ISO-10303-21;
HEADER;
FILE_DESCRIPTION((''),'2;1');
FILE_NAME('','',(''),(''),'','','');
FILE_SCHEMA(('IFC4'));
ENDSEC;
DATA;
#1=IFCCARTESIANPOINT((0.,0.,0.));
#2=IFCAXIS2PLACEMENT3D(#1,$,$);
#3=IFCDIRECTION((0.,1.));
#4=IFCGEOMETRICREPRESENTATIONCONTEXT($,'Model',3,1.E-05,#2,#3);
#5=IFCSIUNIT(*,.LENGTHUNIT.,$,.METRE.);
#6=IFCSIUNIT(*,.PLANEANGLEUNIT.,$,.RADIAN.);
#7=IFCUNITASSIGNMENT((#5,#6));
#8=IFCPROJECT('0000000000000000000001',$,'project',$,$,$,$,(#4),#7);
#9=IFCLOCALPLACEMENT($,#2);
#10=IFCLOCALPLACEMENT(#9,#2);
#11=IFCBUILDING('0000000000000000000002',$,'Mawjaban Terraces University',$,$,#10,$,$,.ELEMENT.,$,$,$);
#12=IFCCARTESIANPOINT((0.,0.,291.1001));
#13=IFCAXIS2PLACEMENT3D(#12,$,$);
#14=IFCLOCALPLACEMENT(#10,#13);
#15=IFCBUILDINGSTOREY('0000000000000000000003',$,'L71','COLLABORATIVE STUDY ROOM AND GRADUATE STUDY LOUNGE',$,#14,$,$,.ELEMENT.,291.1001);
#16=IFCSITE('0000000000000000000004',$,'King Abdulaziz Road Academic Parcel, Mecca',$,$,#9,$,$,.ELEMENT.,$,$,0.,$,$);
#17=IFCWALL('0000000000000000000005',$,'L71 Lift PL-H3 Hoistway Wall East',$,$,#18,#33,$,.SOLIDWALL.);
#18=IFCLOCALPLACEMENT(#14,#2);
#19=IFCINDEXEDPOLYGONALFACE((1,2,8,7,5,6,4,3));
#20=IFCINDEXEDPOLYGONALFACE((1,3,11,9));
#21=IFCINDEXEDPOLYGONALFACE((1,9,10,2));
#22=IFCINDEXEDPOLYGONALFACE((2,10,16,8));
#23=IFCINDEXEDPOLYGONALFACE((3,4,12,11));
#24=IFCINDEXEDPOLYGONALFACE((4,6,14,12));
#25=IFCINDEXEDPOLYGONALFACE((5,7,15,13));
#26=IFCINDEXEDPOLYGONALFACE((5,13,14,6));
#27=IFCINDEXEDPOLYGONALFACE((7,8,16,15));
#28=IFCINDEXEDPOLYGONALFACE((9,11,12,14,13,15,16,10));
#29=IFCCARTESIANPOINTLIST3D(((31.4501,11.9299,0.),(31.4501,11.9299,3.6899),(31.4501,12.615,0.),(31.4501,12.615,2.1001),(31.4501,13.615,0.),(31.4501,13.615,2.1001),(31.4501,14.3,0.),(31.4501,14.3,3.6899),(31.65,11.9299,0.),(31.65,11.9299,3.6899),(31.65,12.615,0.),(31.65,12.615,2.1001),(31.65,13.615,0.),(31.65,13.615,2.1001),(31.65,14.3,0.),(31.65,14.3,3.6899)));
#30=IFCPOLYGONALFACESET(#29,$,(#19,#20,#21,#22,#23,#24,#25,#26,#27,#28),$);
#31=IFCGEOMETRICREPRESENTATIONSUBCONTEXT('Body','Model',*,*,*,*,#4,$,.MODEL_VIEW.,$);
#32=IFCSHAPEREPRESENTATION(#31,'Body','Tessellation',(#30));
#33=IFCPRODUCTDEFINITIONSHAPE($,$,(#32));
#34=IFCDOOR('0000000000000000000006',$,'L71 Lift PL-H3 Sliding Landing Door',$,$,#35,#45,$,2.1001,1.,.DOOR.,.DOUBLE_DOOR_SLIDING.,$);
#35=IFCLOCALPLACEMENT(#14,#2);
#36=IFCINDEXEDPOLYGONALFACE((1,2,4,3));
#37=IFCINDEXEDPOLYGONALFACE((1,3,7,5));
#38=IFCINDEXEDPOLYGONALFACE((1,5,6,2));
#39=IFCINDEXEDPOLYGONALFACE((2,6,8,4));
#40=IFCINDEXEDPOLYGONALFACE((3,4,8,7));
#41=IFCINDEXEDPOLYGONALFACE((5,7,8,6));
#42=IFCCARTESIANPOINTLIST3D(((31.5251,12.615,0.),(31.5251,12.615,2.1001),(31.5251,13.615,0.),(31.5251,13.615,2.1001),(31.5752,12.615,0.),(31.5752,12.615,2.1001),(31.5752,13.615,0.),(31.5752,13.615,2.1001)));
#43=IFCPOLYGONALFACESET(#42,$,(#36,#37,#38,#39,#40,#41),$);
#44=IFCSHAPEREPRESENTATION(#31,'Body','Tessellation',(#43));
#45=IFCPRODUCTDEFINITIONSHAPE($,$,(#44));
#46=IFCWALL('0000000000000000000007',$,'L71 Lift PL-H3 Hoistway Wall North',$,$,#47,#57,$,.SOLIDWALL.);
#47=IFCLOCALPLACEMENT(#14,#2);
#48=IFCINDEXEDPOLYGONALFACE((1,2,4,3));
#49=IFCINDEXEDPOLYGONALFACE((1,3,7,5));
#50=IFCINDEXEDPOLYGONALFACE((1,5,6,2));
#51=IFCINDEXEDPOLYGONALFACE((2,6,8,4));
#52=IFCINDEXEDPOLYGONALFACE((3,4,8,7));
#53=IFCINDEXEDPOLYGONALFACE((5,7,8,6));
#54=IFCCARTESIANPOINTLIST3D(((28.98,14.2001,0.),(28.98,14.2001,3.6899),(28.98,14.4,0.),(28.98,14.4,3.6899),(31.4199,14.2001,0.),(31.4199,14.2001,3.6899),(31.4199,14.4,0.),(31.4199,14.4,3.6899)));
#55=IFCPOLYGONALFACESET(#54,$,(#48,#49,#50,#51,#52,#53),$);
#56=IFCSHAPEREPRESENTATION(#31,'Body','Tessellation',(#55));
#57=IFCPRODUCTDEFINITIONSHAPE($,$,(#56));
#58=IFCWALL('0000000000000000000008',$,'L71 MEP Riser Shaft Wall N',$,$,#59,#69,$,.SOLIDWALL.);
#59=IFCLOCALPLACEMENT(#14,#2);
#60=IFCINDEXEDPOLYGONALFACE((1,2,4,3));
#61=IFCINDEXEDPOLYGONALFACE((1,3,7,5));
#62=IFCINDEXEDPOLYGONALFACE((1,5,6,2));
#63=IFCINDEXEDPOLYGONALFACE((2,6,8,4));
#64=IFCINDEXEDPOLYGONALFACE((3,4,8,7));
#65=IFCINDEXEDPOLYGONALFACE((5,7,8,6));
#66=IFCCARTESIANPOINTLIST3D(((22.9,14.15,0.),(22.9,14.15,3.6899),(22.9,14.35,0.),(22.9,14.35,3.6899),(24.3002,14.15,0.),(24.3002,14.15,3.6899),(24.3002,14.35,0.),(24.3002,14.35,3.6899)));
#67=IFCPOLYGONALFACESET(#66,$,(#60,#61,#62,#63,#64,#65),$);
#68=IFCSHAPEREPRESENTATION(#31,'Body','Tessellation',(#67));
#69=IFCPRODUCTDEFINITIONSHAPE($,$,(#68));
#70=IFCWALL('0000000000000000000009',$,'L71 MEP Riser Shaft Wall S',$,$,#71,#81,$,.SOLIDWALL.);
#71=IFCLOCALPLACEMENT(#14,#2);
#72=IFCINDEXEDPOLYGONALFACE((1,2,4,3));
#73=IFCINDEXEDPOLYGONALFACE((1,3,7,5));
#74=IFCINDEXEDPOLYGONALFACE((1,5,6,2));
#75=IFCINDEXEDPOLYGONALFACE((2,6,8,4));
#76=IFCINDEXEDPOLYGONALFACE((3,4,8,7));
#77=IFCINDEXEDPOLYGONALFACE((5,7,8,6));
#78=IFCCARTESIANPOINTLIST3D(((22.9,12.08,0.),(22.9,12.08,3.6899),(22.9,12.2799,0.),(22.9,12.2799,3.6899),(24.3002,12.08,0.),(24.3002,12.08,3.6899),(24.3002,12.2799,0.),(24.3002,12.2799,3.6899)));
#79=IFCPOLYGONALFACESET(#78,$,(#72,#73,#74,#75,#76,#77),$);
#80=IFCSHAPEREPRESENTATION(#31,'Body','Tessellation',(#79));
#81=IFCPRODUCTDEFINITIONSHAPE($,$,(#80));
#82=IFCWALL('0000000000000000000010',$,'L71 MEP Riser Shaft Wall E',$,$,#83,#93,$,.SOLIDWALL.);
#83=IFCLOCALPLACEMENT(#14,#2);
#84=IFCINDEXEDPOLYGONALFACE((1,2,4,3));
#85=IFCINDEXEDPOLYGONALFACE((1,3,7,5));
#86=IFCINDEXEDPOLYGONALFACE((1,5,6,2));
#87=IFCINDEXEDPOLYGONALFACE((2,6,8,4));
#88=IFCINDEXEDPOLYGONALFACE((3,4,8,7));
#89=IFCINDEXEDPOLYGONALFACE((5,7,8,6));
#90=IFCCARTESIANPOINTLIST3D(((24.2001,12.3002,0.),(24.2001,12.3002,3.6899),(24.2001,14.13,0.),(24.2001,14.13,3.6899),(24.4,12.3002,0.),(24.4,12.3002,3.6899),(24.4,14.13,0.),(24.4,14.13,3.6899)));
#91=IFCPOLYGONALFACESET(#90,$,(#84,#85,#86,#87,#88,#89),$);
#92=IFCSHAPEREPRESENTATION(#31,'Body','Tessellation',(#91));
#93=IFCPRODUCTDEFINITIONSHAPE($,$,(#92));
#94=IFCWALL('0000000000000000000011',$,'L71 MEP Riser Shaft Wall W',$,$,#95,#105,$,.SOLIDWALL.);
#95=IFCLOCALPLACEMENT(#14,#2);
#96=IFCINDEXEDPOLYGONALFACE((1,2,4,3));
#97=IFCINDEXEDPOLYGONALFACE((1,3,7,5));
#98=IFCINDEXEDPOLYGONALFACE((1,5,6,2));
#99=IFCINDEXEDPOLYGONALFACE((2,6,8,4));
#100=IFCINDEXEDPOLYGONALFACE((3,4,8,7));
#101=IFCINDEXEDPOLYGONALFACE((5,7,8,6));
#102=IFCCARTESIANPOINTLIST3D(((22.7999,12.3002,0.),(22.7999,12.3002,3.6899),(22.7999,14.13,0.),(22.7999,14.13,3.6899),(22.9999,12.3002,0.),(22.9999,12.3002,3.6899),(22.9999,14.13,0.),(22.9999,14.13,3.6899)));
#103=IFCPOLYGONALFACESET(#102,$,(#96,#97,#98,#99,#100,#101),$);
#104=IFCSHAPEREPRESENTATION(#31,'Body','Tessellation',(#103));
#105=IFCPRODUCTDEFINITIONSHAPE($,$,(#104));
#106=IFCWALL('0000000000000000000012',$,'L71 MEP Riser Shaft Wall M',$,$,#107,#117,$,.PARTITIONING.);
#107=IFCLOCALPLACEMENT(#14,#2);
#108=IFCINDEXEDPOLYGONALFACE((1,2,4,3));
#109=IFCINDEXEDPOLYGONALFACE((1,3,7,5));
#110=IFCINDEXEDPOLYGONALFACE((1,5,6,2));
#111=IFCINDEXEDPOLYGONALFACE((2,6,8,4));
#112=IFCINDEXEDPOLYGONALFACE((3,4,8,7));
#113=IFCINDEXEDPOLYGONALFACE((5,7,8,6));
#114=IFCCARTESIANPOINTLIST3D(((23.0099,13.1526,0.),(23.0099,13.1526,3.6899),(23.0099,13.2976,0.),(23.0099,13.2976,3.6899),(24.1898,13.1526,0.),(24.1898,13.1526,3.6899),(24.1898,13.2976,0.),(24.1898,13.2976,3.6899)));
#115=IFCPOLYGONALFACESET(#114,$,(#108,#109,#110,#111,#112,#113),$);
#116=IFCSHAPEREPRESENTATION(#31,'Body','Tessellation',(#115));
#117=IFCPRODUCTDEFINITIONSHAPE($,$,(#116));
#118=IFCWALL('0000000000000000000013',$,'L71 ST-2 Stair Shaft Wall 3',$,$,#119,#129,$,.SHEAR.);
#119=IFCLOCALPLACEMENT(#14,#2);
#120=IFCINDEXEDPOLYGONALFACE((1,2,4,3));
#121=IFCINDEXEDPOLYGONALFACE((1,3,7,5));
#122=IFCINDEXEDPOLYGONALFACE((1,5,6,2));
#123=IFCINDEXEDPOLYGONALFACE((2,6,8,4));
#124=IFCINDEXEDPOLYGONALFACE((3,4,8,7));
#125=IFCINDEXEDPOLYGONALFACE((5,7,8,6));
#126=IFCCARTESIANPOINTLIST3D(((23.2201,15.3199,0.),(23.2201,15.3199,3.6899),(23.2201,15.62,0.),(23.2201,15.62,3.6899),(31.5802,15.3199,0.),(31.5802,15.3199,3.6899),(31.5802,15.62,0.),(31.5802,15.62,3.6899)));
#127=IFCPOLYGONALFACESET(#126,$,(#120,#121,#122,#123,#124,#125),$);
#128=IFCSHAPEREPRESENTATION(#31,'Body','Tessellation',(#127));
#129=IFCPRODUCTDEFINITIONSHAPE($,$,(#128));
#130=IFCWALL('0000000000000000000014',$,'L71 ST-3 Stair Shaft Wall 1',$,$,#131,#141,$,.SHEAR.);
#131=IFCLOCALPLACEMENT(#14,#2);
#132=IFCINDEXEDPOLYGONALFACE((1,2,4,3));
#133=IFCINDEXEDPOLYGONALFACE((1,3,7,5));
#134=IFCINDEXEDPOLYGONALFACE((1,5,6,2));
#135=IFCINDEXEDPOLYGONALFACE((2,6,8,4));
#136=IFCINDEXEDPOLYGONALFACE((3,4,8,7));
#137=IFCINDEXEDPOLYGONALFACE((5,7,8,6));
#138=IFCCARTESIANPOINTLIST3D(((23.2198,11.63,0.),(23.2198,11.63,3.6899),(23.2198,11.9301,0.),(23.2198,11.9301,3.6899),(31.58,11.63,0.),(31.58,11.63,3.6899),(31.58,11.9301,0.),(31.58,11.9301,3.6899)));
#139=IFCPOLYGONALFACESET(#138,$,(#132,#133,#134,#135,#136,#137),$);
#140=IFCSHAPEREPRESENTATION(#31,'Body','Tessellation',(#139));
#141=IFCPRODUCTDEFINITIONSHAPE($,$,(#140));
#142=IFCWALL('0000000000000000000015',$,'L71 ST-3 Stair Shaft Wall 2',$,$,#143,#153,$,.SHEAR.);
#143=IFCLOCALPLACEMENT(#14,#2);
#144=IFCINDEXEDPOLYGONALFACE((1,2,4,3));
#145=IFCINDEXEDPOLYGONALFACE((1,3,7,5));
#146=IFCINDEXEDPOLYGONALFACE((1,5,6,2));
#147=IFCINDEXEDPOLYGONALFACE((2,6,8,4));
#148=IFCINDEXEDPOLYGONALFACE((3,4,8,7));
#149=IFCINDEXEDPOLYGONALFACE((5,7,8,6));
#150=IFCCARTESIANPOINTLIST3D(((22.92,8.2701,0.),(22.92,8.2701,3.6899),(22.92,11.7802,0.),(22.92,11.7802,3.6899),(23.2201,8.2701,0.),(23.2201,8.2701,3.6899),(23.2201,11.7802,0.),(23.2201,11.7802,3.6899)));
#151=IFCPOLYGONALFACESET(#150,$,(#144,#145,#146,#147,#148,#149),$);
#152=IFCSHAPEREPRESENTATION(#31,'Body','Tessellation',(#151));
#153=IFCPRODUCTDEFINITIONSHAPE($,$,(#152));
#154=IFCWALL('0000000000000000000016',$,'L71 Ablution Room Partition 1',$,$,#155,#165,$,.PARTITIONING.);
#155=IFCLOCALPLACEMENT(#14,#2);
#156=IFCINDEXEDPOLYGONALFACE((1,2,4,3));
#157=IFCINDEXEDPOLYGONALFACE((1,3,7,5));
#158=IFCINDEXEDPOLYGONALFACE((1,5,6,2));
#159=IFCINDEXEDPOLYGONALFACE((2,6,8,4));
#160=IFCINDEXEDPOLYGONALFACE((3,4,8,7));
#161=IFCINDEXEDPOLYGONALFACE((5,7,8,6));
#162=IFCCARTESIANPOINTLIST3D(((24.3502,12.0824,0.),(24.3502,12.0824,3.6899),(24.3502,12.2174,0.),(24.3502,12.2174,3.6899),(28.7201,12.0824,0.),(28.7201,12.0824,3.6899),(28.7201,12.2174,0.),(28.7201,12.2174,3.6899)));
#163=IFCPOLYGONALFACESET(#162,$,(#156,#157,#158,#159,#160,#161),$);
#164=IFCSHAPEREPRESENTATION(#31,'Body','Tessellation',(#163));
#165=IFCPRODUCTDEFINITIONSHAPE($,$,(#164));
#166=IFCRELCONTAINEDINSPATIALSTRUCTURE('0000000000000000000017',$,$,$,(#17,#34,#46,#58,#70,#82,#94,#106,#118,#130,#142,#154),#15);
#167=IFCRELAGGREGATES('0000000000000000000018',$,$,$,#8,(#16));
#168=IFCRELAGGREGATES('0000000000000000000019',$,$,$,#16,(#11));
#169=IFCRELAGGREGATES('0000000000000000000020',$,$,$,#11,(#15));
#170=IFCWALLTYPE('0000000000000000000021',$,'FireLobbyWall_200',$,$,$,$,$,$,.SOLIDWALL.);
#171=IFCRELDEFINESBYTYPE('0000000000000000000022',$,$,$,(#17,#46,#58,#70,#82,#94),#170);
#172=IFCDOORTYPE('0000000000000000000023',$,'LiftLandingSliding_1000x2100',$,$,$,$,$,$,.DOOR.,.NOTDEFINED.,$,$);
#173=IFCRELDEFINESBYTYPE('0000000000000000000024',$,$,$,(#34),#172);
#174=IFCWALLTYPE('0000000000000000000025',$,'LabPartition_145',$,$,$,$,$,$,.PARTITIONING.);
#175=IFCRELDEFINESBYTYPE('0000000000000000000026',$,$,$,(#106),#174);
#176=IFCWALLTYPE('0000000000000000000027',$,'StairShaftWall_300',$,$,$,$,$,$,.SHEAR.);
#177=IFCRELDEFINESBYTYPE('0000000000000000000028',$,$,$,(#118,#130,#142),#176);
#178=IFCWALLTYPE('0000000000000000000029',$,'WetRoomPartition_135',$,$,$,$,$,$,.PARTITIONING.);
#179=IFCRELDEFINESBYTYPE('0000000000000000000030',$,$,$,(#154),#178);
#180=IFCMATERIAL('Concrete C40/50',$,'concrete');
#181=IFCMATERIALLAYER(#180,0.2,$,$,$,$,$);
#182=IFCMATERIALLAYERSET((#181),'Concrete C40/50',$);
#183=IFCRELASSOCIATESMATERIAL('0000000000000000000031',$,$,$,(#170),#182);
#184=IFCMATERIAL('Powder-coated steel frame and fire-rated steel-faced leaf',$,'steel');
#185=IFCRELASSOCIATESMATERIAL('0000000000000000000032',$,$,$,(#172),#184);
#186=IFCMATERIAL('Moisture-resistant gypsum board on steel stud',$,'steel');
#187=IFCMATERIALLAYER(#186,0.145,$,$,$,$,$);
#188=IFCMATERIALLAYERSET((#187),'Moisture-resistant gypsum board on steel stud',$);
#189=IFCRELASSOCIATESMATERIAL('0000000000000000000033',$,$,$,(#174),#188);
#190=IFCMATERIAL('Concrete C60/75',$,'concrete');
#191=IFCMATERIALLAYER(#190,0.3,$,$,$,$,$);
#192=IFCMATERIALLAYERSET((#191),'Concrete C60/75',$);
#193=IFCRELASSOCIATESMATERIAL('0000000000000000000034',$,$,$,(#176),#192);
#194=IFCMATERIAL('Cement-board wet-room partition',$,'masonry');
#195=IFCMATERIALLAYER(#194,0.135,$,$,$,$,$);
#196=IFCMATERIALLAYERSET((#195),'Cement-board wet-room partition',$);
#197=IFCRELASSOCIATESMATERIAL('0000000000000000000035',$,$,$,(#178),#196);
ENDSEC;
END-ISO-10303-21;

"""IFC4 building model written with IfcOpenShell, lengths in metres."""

from ifc_helpers import new_model, si_unit, direction, frame, frame_2d, origin, place, context, subcontext, project, spatial, rectangle, extrude, material, layer, layer_set, type_object, element, fill, save


model = new_model("IFC4")

# Units and contexts
model_context = context("Model", 3, precision=1e-05, world=origin(), true_north=direction((0.0, 1.0)))
body_context = subcontext(model_context, "Body", "Model", "MODEL_VIEW")
ifc_project = project(units=[si_unit("LENGTHUNIT", "METRE"), si_unit("PLANEANGLEUNIT", "RADIAN")], contexts=[model_context])

# Site, building, storey
site_placement = place(None, origin())
site = spatial("IfcSite", under=ifc_project, at=site_placement, Name="King Abdulaziz Road Academic Parcel, Mecca", CompositionType="ELEMENT", RefElevation=0.0)
building_placement = place(site_placement, origin())
building = spatial("IfcBuilding", under=site, at=building_placement, Name="Mawjaban Terraces University", CompositionType="ELEMENT")
storey_placement = place(building_placement, frame((0.0, 0.0, 291.1001)))
storey = spatial("IfcBuildingStorey", under=building, at=storey_placement, Name="L71", Description="COLLABORATIVE STUDY ROOM AND GRADUATE STUDY LOUNGE", CompositionType="ELEMENT", Elevation=291.1001)

# Shared definitions
ifc_material_1 = material(Name="Concrete C40/50", Category="concrete")
ifc_layer_1 = layer(ifc_material_1, 0.2)
ifc_layer_set_1 = layer_set([ifc_layer_1], Name="Concrete C40/50")
wall_type_1 = type_object("IfcWallType", Name="FireLobbyWall_200", PredefinedType="SOLIDWALL", material=ifc_layer_set_1)
ifc_material_2 = material(Name="Powder-coated steel frame and fire-rated steel-faced leaf", Category="steel")
door_type_1 = type_object("IfcDoorType", Name="LiftLandingSliding_1000x2100", OperationType="NOTDEFINED", PredefinedType="DOOR", material=ifc_material_2)

# Wall, opening, door
wall_1_placement = place(storey_placement, frame((31.55, 11.9299, 0.0), z_axis=(0.0, 0.0, 1.0), x_axis=(0.0, 1.0, 0.0)))
wall_1 = element("IfcWall", 1, at=wall_1_placement, inside=storey, type_object=wall_type_1, Name="L71 Lift PL-H3 Hoistway Wall East", PredefinedType="SOLIDWALL", context=body_context, shape_type="SweptSolid", body=[
    extrude(rectangle(XDim=2.3701, YDim=0.2, at=frame_2d((1.1851, 0.0))), origin(), (0.0, 0.0, 1.0), 3.6899),
])
opening_1_placement = place(wall_1_placement, frame((0.6851, 0.0, 0.0)))
opening_1 = element("IfcOpeningElement", 2, at=opening_1_placement, cuts=wall_1, PredefinedType="OPENING", context=body_context, shape_type="SweptSolid", body=[
    extrude(rectangle(XDim=1.0, YDim=2.1001, at=frame_2d((0.5, 1.05))), frame((0.0, 0.1099, 0.0), z_axis=(0.0, -1.0, 0.0), x_axis=(1.0, 0.0, 0.0)), (0.0, 0.0, 1.0), 0.22),
])
door_1_placement = place(opening_1_placement, origin())
door_1 = element("IfcDoor", 3, at=door_1_placement, inside=storey, type_object=door_type_1, Name="L71 Lift PL-H3 Sliding Landing Door", OperationType="DOUBLE_DOOR_SLIDING", OverallHeight=2.1001, OverallWidth=1.0, PredefinedType="DOOR", context=body_context, shape_type="SweptSolid", body=[
    extrude(rectangle(XDim=1.0, YDim=2.1001, at=frame_2d((0.5, 1.05))), frame((0.0, 0.0249, 0.0), z_axis=(0.0, -1.0, 0.0), x_axis=(1.0, 0.0, 0.0)), (0.0, 0.0, 1.0), 0.05),
])
fill(opening_1, door_1)

# Walls
wall_2_placement = place(storey_placement, frame((31.4199, 14.3, 0.0), z_axis=(0.0, 0.0, 1.0), x_axis=(-1.0, 0.0, 0.0)))
element("IfcWall", 4, at=wall_2_placement, inside=storey, type_object=wall_type_1, Name="L71 Lift PL-H3 Hoistway Wall North", PredefinedType="SOLIDWALL", context=body_context, shape_type="SweptSolid", body=[
    extrude(rectangle(XDim=2.4399, YDim=0.2, at=frame_2d((1.22, 0.0))), origin(), (0.0, 0.0, 1.0), 3.6899),
])
for number, where, z_axis, x_axis, name in (
    (5, (22.8999, 14.25, 0.0), (0.0, 0.0, 1.0), (1.0, 0.0, 0.0), "L71 MEP Riser Shaft Wall N"),
    (6, (22.8999, 12.1799, 0.0), (0.0, 0.0, 1.0), (1.0, 0.0, 0.0), "L71 MEP Riser Shaft Wall S"),
):
    element("IfcWall", number, at=place(storey_placement, frame(where, z_axis=z_axis, x_axis=x_axis)), inside=storey, type_object=wall_type_1, Name=name, PredefinedType="SOLIDWALL", context=body_context, shape_type="SweptSolid", body=[
        extrude(rectangle(XDim=1.4001, YDim=0.2, at=frame_2d((0.7002, 0.0))), origin(), (0.0, 0.0, 1.0), 3.6899),
    ])
for number, where, z_axis, x_axis, name in (
    (7, (24.3, 12.3, 0.0), (0.0, 0.0, 1.0), (0.0, 1.0, 0.0), "L71 MEP Riser Shaft Wall E"),
    (8, (22.8999, 12.3, 0.0), (0.0, 0.0, 1.0), (0.0, 1.0, 0.0), "L71 MEP Riser Shaft Wall W"),
):
    element("IfcWall", number, at=place(storey_placement, frame(where, z_axis=z_axis, x_axis=x_axis)), inside=storey, type_object=wall_type_1, Name=name, PredefinedType="SOLIDWALL", context=body_context, shape_type="SweptSolid", body=[
        extrude(rectangle(XDim=1.8298, YDim=0.2, at=frame_2d((0.915, 0.0))), origin(), (0.0, 0.0, 1.0), 3.6899),
    ])
ifc_material_3 = material(Name="Moisture-resistant gypsum board on steel stud", Category="steel")
ifc_layer_2 = layer(ifc_material_3, 0.145)
ifc_layer_set_2 = layer_set([ifc_layer_2], Name="Moisture-resistant gypsum board on steel stud")
wall_type_2 = type_object("IfcWallType", Name="LabPartition_145", PredefinedType="PARTITIONING", material=ifc_layer_set_2)
wall_3_placement = place(storey_placement, frame((23.01, 13.2251, 0.0), z_axis=(0.0, 0.0, 1.0), x_axis=(1.0, 0.0, 0.0)))
element("IfcWall", 9, at=wall_3_placement, inside=storey, type_object=wall_type_2, Name="L71 MEP Riser Shaft Wall M", PredefinedType="PARTITIONING", context=body_context, shape_type="SweptSolid", body=[
    extrude(rectangle(XDim=1.1799, YDim=0.145, at=frame_2d((0.5898, 0.0))), origin(), (0.0, 0.0, 1.0), 3.6899),
])
ifc_material_4 = material(Name="Concrete C60/75", Category="concrete")
ifc_layer_3 = layer(ifc_material_4, 0.3)
ifc_layer_set_3 = layer_set([ifc_layer_3], Name="Concrete C60/75")
wall_type_3 = type_object("IfcWallType", Name="StairShaftWall_300", PredefinedType="SHEAR", material=ifc_layer_set_3)
wall_4_placement = place(storey_placement, frame((23.22, 15.47, 0.0), z_axis=(0.0, 0.0, 1.0), x_axis=(1.0, 0.0, 0.0)))
element("IfcWall", 10, at=wall_4_placement, inside=storey, type_object=wall_type_3, Name="L71 ST-2 Stair Shaft Wall 3", PredefinedType="SHEAR", context=body_context, shape_type="SweptSolid", body=[
    extrude(rectangle(XDim=8.3601, YDim=0.3, at=frame_2d((4.1802, 0.0))), origin(), (0.0, 0.0, 1.0), 3.6899),
])

# Walls
wall_5_placement = place(storey_placement, frame((31.5801, 11.78, 0.0), z_axis=(0.0, 0.0, 1.0), x_axis=(-1.0, 0.0, 0.0)))
element("IfcWall", 11, at=wall_5_placement, inside=storey, type_object=wall_type_3, Name="L71 ST-3 Stair Shaft Wall 1", PredefinedType="SHEAR", context=body_context, shape_type="SweptSolid", body=[
    extrude(rectangle(XDim=8.3601, YDim=0.3, at=frame_2d((4.1802, 0.0))), origin(), (0.0, 0.0, 1.0), 3.6899),
])
wall_6_placement = place(storey_placement, frame((23.0701, 11.78, 0.0), z_axis=(0.0, 0.0, 1.0), x_axis=(0.0, -1.0, 0.0)))
element("IfcWall", 12, at=wall_6_placement, inside=storey, type_object=wall_type_3, Name="L71 ST-3 Stair Shaft Wall 2", PredefinedType="SHEAR", context=body_context, shape_type="SweptSolid", body=[
    extrude(rectangle(XDim=3.51, YDim=0.3, at=frame_2d((1.7549, 0.0))), origin(), (0.0, 0.0, 1.0), 3.6899),
])
ifc_material_5 = material(Name="Cement-board wet-room partition", Category="masonry")
ifc_layer_4 = layer(ifc_material_5, 0.135)
ifc_layer_set_4 = layer_set([ifc_layer_4], Name="Cement-board wet-room partition")
wall_type_4 = type_object("IfcWallType", Name="WetRoomPartition_135", PredefinedType="PARTITIONING", material=ifc_layer_set_4)
wall_7_placement = place(storey_placement, frame((24.3501, 12.1499, 0.0), z_axis=(0.0, 0.0, 1.0), x_axis=(1.0, 0.0, 0.0)))
element("IfcWall", 13, at=wall_7_placement, inside=storey, type_object=wall_type_4, Name="L71 Ablution Room Partition 1", PredefinedType="PARTITIONING", context=body_context, shape_type="SweptSolid", body=[
    extrude(rectangle(XDim=4.3699, YDim=0.135, at=frame_2d((2.1851, 0.0))), origin(), (0.0, 0.0, 1.0), 3.6899),
])

save(model, "model.ifc")
